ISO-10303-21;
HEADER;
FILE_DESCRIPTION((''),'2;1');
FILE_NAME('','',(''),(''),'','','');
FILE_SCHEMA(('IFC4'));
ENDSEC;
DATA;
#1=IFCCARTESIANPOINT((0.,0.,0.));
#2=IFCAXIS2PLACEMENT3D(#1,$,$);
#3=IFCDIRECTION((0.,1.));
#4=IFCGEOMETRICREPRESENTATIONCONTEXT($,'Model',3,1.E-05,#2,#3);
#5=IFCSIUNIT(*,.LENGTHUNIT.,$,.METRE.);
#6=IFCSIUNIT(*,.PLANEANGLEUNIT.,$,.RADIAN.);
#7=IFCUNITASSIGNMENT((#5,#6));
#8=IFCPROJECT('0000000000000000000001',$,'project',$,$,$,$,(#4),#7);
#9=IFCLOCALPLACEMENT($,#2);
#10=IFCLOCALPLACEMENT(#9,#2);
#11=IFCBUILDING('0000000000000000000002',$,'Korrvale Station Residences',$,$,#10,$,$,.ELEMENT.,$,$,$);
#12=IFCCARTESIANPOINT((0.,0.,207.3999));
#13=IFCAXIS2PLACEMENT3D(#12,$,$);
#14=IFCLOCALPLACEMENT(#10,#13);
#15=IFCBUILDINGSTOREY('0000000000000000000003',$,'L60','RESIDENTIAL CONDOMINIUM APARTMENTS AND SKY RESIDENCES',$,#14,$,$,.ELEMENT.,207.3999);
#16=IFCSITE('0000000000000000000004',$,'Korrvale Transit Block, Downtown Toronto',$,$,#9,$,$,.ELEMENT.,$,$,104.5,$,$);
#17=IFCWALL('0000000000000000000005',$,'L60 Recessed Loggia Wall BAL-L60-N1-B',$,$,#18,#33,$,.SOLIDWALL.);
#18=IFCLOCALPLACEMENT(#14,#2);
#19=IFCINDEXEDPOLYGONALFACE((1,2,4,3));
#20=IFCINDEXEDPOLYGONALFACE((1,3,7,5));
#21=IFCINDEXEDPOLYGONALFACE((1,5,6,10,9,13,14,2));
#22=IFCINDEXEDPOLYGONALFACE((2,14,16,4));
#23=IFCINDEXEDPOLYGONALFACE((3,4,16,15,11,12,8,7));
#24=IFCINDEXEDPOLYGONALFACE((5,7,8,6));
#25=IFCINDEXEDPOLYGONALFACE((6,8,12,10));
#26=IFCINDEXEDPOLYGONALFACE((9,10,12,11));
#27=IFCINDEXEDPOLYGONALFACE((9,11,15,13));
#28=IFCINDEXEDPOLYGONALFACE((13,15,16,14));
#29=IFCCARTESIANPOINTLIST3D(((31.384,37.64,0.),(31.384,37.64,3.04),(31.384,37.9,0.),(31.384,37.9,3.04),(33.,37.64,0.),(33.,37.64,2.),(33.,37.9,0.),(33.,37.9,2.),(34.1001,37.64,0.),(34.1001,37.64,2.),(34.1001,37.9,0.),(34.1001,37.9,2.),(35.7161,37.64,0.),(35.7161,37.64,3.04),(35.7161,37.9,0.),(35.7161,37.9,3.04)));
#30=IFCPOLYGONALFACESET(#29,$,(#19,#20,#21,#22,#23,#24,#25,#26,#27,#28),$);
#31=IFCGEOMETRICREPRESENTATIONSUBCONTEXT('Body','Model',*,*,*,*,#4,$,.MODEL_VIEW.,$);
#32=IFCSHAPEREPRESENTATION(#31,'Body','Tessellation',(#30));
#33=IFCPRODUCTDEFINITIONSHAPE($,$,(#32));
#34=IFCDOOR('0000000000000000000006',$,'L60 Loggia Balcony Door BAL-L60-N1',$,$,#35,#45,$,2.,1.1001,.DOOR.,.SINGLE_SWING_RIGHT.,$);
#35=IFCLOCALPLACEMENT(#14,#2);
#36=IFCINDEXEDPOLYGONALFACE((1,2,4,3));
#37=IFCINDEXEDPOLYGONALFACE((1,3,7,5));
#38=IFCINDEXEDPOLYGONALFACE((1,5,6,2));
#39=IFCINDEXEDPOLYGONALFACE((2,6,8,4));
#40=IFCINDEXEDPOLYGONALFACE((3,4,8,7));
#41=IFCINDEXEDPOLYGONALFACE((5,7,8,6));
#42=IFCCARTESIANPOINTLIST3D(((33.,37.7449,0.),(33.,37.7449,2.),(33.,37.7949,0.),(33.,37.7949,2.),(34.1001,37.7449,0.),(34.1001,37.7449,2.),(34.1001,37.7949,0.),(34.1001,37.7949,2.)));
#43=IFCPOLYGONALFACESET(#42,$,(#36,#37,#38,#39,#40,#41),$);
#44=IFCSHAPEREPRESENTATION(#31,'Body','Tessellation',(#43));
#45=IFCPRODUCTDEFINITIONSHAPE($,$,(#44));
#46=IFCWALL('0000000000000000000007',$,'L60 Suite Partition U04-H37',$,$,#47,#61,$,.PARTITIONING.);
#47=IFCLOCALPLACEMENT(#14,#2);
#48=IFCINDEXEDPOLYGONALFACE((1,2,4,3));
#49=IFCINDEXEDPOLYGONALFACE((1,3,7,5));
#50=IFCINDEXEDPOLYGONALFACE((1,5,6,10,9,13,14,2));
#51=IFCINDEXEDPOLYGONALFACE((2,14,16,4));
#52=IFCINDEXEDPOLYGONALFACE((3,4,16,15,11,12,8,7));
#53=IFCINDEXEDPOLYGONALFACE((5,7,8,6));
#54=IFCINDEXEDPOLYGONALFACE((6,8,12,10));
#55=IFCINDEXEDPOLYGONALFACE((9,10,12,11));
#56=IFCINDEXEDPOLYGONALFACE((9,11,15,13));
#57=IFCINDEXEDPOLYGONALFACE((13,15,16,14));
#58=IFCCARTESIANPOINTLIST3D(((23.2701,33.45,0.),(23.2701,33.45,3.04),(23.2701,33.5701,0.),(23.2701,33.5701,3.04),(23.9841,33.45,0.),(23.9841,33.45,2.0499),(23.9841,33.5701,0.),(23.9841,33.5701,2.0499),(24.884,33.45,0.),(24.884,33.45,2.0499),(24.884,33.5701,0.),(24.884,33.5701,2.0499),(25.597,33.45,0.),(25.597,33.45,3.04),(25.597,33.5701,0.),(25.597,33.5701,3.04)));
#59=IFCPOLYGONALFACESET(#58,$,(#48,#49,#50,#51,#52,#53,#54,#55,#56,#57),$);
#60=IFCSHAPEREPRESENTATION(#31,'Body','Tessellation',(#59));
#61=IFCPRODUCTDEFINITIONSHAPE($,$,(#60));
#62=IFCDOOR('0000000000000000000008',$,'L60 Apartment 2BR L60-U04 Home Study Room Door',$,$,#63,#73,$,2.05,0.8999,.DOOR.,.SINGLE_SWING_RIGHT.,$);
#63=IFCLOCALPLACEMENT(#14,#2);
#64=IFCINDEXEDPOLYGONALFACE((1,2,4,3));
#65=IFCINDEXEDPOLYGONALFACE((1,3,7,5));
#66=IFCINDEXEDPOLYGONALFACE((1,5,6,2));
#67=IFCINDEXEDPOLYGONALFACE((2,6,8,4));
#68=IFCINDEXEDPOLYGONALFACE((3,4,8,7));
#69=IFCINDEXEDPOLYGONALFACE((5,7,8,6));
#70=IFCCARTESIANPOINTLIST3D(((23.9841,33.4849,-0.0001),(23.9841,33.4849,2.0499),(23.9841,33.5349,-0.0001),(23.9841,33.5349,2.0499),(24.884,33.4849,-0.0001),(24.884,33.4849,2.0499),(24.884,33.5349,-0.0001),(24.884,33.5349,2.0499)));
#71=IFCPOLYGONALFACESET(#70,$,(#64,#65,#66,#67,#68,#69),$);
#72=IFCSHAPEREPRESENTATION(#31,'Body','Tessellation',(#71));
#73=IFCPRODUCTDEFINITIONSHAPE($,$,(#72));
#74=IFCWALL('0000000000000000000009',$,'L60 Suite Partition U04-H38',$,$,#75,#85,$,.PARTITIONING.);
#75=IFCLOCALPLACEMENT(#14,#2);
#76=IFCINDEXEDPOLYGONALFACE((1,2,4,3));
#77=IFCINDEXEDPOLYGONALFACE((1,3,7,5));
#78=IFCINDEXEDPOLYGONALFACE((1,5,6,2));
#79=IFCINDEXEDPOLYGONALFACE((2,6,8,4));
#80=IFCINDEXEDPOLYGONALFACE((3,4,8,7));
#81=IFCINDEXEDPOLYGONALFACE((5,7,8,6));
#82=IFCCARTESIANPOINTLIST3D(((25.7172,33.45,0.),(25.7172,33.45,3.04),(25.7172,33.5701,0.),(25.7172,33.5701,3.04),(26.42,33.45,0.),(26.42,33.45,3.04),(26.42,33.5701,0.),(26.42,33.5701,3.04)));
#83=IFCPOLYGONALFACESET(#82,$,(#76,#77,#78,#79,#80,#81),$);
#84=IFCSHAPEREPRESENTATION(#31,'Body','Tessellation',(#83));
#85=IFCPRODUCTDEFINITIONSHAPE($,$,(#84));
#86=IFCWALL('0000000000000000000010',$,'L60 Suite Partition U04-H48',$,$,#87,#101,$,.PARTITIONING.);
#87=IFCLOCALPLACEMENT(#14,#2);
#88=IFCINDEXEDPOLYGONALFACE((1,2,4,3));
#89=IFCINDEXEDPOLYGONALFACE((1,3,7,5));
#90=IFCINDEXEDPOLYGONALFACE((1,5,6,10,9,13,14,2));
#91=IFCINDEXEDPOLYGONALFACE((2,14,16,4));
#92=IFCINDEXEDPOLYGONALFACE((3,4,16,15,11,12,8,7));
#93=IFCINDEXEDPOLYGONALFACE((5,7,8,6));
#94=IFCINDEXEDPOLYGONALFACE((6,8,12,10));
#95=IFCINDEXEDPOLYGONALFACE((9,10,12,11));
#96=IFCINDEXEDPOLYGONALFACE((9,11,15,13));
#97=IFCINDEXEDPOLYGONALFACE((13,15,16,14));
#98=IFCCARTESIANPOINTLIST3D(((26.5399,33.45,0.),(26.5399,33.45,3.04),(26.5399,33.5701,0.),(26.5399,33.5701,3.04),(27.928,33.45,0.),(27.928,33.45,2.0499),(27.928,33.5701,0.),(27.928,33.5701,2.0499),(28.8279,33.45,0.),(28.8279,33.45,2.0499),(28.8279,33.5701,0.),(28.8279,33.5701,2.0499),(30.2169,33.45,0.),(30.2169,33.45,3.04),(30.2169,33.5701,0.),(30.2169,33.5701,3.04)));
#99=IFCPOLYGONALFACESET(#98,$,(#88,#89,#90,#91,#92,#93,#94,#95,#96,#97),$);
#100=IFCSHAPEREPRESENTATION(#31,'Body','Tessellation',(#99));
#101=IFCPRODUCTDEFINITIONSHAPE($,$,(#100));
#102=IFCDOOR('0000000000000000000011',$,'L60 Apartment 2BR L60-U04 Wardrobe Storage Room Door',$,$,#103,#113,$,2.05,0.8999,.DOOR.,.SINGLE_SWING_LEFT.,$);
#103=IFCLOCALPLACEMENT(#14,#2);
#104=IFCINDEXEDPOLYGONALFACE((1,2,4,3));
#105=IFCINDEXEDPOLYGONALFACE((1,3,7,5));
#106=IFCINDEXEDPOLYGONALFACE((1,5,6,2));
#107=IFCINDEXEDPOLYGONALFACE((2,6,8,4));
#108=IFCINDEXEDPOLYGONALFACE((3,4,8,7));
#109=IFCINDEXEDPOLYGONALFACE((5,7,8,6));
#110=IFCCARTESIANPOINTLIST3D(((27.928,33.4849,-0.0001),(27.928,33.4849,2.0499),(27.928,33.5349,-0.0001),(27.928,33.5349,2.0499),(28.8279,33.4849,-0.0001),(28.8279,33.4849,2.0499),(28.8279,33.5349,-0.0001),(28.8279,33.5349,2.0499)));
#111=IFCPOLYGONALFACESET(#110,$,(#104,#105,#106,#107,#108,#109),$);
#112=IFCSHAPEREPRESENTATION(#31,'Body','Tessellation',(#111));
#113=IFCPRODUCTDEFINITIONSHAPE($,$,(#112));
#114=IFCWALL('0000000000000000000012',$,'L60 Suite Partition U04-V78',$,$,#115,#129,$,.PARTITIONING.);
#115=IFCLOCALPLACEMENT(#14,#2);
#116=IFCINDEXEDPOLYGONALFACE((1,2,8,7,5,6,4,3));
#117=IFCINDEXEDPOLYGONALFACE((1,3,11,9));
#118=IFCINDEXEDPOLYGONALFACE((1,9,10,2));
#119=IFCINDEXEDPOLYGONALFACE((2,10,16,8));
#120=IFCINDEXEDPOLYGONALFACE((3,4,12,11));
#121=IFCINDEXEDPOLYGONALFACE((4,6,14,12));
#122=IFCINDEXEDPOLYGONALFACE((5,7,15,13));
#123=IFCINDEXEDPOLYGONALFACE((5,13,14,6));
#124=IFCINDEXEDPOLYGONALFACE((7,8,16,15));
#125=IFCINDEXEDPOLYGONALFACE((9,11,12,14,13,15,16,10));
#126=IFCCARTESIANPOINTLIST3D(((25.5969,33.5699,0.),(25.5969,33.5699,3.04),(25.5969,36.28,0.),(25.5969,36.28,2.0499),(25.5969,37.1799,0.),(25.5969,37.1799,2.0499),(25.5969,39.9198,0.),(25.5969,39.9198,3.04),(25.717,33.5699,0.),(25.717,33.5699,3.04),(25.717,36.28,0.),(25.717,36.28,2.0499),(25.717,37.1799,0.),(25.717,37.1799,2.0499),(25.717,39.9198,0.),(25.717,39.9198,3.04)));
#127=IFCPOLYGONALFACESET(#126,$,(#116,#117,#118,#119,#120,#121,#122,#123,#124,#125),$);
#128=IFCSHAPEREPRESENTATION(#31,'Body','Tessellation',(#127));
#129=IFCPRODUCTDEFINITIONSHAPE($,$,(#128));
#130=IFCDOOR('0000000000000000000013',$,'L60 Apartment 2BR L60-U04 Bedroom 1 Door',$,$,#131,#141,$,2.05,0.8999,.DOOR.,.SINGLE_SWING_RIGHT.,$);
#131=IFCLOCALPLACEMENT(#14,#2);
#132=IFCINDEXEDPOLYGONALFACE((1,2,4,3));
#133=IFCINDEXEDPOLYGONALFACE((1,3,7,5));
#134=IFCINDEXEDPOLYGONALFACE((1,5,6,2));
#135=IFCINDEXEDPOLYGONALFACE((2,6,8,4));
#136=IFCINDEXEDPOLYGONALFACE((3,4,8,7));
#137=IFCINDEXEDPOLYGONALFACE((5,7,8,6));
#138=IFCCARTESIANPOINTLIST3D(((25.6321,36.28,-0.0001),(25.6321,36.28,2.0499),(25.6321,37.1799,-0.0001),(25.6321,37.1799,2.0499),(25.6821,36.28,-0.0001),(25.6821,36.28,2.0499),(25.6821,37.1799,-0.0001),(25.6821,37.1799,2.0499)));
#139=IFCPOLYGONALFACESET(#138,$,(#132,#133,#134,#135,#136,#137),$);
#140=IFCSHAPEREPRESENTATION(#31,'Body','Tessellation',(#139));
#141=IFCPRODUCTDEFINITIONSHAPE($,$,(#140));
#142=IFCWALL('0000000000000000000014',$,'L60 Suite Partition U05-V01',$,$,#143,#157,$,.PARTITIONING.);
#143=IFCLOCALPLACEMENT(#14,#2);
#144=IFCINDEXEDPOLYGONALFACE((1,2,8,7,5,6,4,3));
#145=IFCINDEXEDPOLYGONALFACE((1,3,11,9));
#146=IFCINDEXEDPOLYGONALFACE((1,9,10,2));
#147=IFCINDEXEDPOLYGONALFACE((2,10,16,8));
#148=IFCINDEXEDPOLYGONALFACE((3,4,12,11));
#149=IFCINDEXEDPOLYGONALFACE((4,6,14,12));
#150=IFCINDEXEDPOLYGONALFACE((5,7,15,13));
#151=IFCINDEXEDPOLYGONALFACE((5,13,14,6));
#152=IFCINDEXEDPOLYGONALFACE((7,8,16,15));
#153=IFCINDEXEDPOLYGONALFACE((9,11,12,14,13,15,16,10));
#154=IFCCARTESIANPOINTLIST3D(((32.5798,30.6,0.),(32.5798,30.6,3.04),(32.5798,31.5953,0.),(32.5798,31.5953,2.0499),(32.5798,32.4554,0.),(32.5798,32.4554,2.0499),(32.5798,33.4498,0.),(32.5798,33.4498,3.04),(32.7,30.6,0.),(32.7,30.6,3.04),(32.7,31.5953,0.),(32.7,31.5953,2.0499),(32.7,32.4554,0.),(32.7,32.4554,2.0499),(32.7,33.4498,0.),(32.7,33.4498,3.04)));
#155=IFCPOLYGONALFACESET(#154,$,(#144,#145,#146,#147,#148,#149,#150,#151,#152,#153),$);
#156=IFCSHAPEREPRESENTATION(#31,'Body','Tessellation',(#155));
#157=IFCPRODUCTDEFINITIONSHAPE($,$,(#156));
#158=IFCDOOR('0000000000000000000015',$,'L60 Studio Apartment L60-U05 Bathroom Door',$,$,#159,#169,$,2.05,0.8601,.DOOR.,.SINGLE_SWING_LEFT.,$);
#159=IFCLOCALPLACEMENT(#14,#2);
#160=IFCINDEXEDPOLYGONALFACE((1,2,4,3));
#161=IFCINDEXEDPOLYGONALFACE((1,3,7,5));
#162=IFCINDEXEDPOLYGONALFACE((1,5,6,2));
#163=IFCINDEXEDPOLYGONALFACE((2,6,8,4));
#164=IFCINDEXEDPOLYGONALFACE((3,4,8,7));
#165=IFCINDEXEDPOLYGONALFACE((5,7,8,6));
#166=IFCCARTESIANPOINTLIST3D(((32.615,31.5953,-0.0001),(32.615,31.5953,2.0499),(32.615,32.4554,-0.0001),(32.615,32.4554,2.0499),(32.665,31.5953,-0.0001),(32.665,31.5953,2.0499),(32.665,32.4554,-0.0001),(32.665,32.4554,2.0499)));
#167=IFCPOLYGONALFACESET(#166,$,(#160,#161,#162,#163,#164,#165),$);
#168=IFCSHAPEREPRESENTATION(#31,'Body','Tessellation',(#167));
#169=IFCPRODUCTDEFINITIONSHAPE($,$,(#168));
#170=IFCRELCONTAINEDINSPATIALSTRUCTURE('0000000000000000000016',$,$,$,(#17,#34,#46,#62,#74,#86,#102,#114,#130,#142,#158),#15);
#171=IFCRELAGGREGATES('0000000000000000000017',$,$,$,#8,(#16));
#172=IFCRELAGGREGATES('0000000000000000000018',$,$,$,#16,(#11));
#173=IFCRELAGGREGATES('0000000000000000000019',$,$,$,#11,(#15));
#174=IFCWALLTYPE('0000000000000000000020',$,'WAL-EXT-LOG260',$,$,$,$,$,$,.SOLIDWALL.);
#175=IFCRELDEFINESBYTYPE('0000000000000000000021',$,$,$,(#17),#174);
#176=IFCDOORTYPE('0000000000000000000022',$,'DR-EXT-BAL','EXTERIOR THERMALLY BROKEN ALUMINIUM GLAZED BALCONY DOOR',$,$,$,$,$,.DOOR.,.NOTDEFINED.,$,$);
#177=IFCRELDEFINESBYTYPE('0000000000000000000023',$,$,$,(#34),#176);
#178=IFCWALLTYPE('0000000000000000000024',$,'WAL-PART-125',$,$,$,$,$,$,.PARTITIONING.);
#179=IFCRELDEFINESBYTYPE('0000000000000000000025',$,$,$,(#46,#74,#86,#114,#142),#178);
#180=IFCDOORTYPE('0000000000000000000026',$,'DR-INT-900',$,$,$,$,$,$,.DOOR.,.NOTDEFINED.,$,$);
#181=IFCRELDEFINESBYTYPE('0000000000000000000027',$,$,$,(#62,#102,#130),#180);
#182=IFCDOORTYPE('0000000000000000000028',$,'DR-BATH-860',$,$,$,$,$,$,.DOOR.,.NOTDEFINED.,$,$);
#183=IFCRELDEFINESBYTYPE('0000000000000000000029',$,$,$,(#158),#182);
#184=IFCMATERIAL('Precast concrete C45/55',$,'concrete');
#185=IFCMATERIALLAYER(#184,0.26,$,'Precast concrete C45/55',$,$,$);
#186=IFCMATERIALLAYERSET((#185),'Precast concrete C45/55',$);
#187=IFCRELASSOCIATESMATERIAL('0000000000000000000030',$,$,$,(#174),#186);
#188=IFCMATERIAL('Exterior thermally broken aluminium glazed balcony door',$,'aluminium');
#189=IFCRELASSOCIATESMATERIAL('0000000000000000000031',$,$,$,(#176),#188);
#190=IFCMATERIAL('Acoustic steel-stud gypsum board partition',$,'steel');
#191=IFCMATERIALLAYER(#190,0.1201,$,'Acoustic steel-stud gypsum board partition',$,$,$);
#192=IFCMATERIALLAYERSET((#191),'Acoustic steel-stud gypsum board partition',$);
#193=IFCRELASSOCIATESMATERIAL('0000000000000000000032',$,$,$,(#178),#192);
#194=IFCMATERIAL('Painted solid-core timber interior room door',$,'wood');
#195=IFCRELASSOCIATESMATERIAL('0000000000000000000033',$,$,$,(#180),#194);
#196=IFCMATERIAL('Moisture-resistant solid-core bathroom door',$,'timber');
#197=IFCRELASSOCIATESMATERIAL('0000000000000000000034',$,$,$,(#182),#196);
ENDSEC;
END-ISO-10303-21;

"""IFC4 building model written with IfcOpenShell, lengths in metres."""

from ifc_helpers import new_model, si_unit, direction, frame, frame_2d, origin, place, context, subcontext, project, spatial, rectangle, extrude, material, layer, layer_set, type_object, element, fill, save


model = new_model("IFC4")

# Units and contexts
model_context = context("Model", 3, precision=1e-05, world=origin(), true_north=direction((0.0, 1.0)))
body_context = subcontext(model_context, "Body", "Model", "MODEL_VIEW")
ifc_project = project(units=[si_unit("LENGTHUNIT", "METRE"), si_unit("PLANEANGLEUNIT", "RADIAN")], contexts=[model_context])

# Site, building, storey
site_placement = place(None, origin())
site = spatial("IfcSite", under=ifc_project, at=site_placement, Name="Korrvale Transit Block, Downtown Toronto", CompositionType="ELEMENT", RefElevation=104.5)
building_placement = place(site_placement, origin())
building = spatial("IfcBuilding", under=site, at=building_placement, Name="Korrvale Station Residences", CompositionType="ELEMENT")
storey_placement = place(building_placement, frame((0.0, 0.0, 207.3999)))
storey = spatial("IfcBuildingStorey", under=building, at=storey_placement, Name="L60", Description="RESIDENTIAL CONDOMINIUM APARTMENTS AND SKY RESIDENCES", CompositionType="ELEMENT", Elevation=207.3999)

# Shared definitions
ifc_material_1 = material(Name="Precast concrete C45/55", Category="concrete")
ifc_layer_1 = layer(ifc_material_1, 0.26, Name="Precast concrete C45/55")
ifc_layer_set_1 = layer_set([ifc_layer_1], Name="Precast concrete C45/55")
wall_type_1 = type_object("IfcWallType", Name="WAL-EXT-LOG260", PredefinedType="SOLIDWALL", material=ifc_layer_set_1)

# Walls, openings, doors
wall_1_placement = place(storey_placement, frame((31.384, 37.77, 0.0), z_axis=(0.0, 0.0, 1.0), x_axis=(1.0, 0.0, 0.0)))
wall_1 = element("IfcWall", 1, at=wall_1_placement, inside=storey, type_object=wall_type_1, Name="L60 Recessed Loggia Wall BAL-L60-N1-B", PredefinedType="SOLIDWALL", context=body_context, shape_type="SweptSolid", body=[
    extrude(rectangle(XDim=4.332, YDim=0.26, at=frame_2d((2.166, 0.0))), origin(), (0.0, 0.0, 1.0), 3.04),
])
opening_1_placement = place(wall_1_placement, frame((1.616, 0.0, 0.0)))
opening_1 = element("IfcOpeningElement", 2, at=opening_1_placement, cuts=wall_1, PredefinedType="OPENING", context=body_context, shape_type="SweptSolid", body=[
    extrude(rectangle(XDim=1.1001, YDim=2.0, at=frame_2d((0.55, 1.0))), frame((0.0, 0.1401, 0.0), z_axis=(0.0, -1.0, 0.0), x_axis=(1.0, 0.0, 0.0)), (0.0, 0.0, 1.0), 0.28),
])
ifc_material_2 = material(Name="Exterior thermally broken aluminium glazed balcony door", Category="aluminium")
door_type_1 = type_object("IfcDoorType", Name="DR-EXT-BAL", Description="EXTERIOR THERMALLY BROKEN ALUMINIUM GLAZED BALCONY DOOR", OperationType="NOTDEFINED", PredefinedType="DOOR", material=ifc_material_2)
door_1_placement = place(opening_1_placement, origin())
door_1 = element("IfcDoor", 3, at=door_1_placement, inside=storey, type_object=door_type_1, Name="L60 Loggia Balcony Door BAL-L60-N1", OperationType="SINGLE_SWING_RIGHT", OverallHeight=2.0, OverallWidth=1.1001, PredefinedType="DOOR", context=body_context, shape_type="SweptSolid", body=[
    extrude(rectangle(XDim=1.1001, YDim=2.0, at=frame_2d((0.55, 1.0))), frame((0.0, 0.0249, 0.0), z_axis=(0.0, -1.0, 0.0), x_axis=(1.0, 0.0, 0.0)), (0.0, 0.0, 1.0), 0.05),
])
fill(opening_1, door_1)
ifc_material_3 = material(Name="Acoustic steel-stud gypsum board partition", Category="steel")
ifc_layer_2 = layer(ifc_material_3, 0.1201, Name="Acoustic steel-stud gypsum board partition")
ifc_layer_set_2 = layer_set([ifc_layer_2], Name="Acoustic steel-stud gypsum board partition")
wall_type_2 = type_object("IfcWallType", Name="WAL-PART-125", PredefinedType="PARTITIONING", material=ifc_layer_set_2)
wall_2_placement = place(storey_placement, frame((23.27, 33.51, 0.0), z_axis=(0.0, 0.0, 1.0), x_axis=(1.0, 0.0, 0.0)))
wall_2 = element("IfcWall", 4, at=wall_2_placement, inside=storey, type_object=wall_type_2, Name="L60 Suite Partition U04-H37", PredefinedType="PARTITIONING", context=body_context, shape_type="SweptSolid", body=[
    extrude(rectangle(XDim=2.3269, YDim=0.1201, at=frame_2d((1.1636, 0.0))), origin(), (0.0, 0.0, 1.0), 3.04),
])
opening_2_placement = place(wall_2_placement, frame((0.7141, 0.0, 0.0)))
opening_2 = element("IfcOpeningElement", 5, at=opening_2_placement, cuts=wall_2, PredefinedType="OPENING", context=body_context, shape_type="SweptSolid", body=[
    extrude(rectangle(XDim=0.8999, YDim=2.05, at=frame_2d((0.45, 1.0249))), frame((0.0, 0.0701, 0.0), z_axis=(0.0, -1.0, 0.0), x_axis=(1.0, 0.0, 0.0)), (0.0, 0.0, 1.0), 0.1401),
])
ifc_material_4 = material(Name="Painted solid-core timber interior room door", Category="wood")
door_type_2 = type_object("IfcDoorType", Name="DR-INT-900", OperationType="NOTDEFINED", PredefinedType="DOOR", material=ifc_material_4)
door_2_placement = place(opening_2_placement, origin())
door_2 = element("IfcDoor", 6, at=door_2_placement, inside=storey, type_object=door_type_2, Name="L60 Apartment 2BR L60-U04 Home Study Room Door", OperationType="SINGLE_SWING_RIGHT", OverallHeight=2.05, OverallWidth=0.8999, PredefinedType="DOOR", context=body_context, shape_type="SweptSolid", body=[
    extrude(rectangle(XDim=0.8999, YDim=2.05, at=frame_2d((0.45, 1.0249))), frame((0.0, 0.0249, 0.0), z_axis=(0.0, -1.0, 0.0), x_axis=(1.0, 0.0, 0.0)), (0.0, 0.0, 1.0), 0.05),
])
fill(opening_2, door_2)

# Wall
wall_3_placement = place(storey_placement, frame((25.717, 33.51, 0.0), z_axis=(0.0, 0.0, 1.0), x_axis=(1.0, 0.0, 0.0)))
element("IfcWall", 7, at=wall_3_placement, inside=storey, type_object=wall_type_2, Name="L60 Suite Partition U04-H38", PredefinedType="PARTITIONING", context=body_context, shape_type="SweptSolid", body=[
    extrude(rectangle(XDim=0.7029, YDim=0.1201, at=frame_2d((0.3516, 0.0))), origin(), (0.0, 0.0, 1.0), 3.04),
])

# Walls, openings, doors
wall_4_placement = place(storey_placement, frame((26.54, 33.51, 0.0), z_axis=(0.0, 0.0, 1.0), x_axis=(1.0, 0.0, 0.0)))
wall_4 = element("IfcWall", 8, at=wall_4_placement, inside=storey, type_object=wall_type_2, Name="L60 Suite Partition U04-H48", PredefinedType="PARTITIONING", context=body_context, shape_type="SweptSolid", body=[
    extrude(rectangle(XDim=3.677, YDim=0.1201, at=frame_2d((1.8384, 0.0))), origin(), (0.0, 0.0, 1.0), 3.04),
])
opening_3_placement = place(wall_4_placement, frame((1.3879, 0.0, 0.0)))
opening_3 = element("IfcOpeningElement", 9, at=opening_3_placement, cuts=wall_4, PredefinedType="OPENING", context=body_context, shape_type="SweptSolid", body=[
    extrude(rectangle(XDim=0.8999, YDim=2.05, at=frame_2d((0.45, 1.0249))), frame((0.0, 0.0701, 0.0), z_axis=(0.0, -1.0, 0.0), x_axis=(1.0, 0.0, 0.0)), (0.0, 0.0, 1.0), 0.1401),
])
door_3_placement = place(opening_3_placement, origin())
door_3 = element("IfcDoor", 10, at=door_3_placement, inside=storey, type_object=door_type_2, Name="L60 Apartment 2BR L60-U04 Wardrobe Storage Room Door", OperationType="SINGLE_SWING_LEFT", OverallHeight=2.05, OverallWidth=0.8999, PredefinedType="DOOR", context=body_context, shape_type="SweptSolid", body=[
    extrude(rectangle(XDim=0.8999, YDim=2.05, at=frame_2d((0.45, 1.0249))), frame((0.0, 0.0249, 0.0), z_axis=(0.0, -1.0, 0.0), x_axis=(1.0, 0.0, 0.0)), (0.0, 0.0, 1.0), 0.05),
])
fill(opening_3, door_3)
wall_5_placement = place(storey_placement, frame((25.657, 33.5701, 0.0), z_axis=(0.0, 0.0, 1.0), x_axis=(0.0, 1.0, 0.0)))
wall_5 = element("IfcWall", 11, at=wall_5_placement, inside=storey, type_object=wall_type_2, Name="L60 Suite Partition U04-V78", PredefinedType="PARTITIONING", context=body_context, shape_type="SweptSolid", body=[
    extrude(rectangle(XDim=6.3499, YDim=0.1201, at=frame_2d((3.1748, 0.0))), origin(), (0.0, 0.0, 1.0), 3.04),
])
opening_4_placement = place(wall_5_placement, frame((2.71, 0.0, 0.0)))
opening_4 = element("IfcOpeningElement", 12, at=opening_4_placement, cuts=wall_5, PredefinedType="OPENING", context=body_context, shape_type="SweptSolid", body=[
    extrude(rectangle(XDim=0.8999, YDim=2.05, at=frame_2d((0.45, 1.0249))), frame((0.0, 0.0701, 0.0), z_axis=(0.0, -1.0, 0.0), x_axis=(1.0, 0.0, 0.0)), (0.0, 0.0, 1.0), 0.1401),
])
door_4_placement = place(opening_4_placement, origin())
door_4 = element("IfcDoor", 13, at=door_4_placement, inside=storey, type_object=door_type_2, Name="L60 Apartment 2BR L60-U04 Bedroom 1 Door", OperationType="SINGLE_SWING_RIGHT", OverallHeight=2.05, OverallWidth=0.8999, PredefinedType="DOOR", context=body_context, shape_type="SweptSolid", body=[
    extrude(rectangle(XDim=0.8999, YDim=2.05, at=frame_2d((0.45, 1.0249))), frame((0.0, 0.0249, 0.0), z_axis=(0.0, -1.0, 0.0), x_axis=(1.0, 0.0, 0.0)), (0.0, 0.0, 1.0), 0.05),
])
fill(opening_4, door_4)
wall_6_placement = place(storey_placement, frame((32.6399, 30.6001, 0.0), z_axis=(0.0, 0.0, 1.0), x_axis=(0.0, 1.0, 0.0)))
wall_6 = element("IfcWall", 14, at=wall_6_placement, inside=storey, type_object=wall_type_2, Name="L60 Suite Partition U05-V01", PredefinedType="PARTITIONING", context=body_context, shape_type="SweptSolid", body=[
    extrude(rectangle(XDim=2.8499, YDim=0.1201, at=frame_2d((1.4248, 0.0))), origin(), (0.0, 0.0, 1.0), 3.04),
])
opening_5_placement = place(wall_6_placement, frame((0.9951, 0.0, 0.0)))
opening_5 = element("IfcOpeningElement", 15, at=opening_5_placement, cuts=wall_6, PredefinedType="OPENING", context=body_context, shape_type="SweptSolid", body=[
    extrude(rectangle(XDim=0.8601, YDim=2.05, at=frame_2d((0.4302, 1.0249))), frame((0.0, 0.0701, 0.0), z_axis=(0.0, -1.0, 0.0), x_axis=(1.0, 0.0, 0.0)), (0.0, 0.0, 1.0), 0.1401),
])
ifc_material_5 = material(Name="Moisture-resistant solid-core bathroom door", Category="timber")
door_type_3 = type_object("IfcDoorType", Name="DR-BATH-860", OperationType="NOTDEFINED", PredefinedType="DOOR", material=ifc_material_5)
door_5_placement = place(opening_5_placement, origin())
door_5 = element("IfcDoor", 16, at=door_5_placement, inside=storey, type_object=door_type_3, Name="L60 Studio Apartment L60-U05 Bathroom Door", OperationType="SINGLE_SWING_LEFT", OverallHeight=2.05, OverallWidth=0.8601, PredefinedType="DOOR", context=body_context, shape_type="SweptSolid", body=[
    extrude(rectangle(XDim=0.8601, YDim=2.05, at=frame_2d((0.4302, 1.0249))), frame((0.0, 0.0249, 0.0), z_axis=(0.0, -1.0, 0.0), x_axis=(1.0, 0.0, 0.0)), (0.0, 0.0, 1.0), 0.05),
])
fill(opening_5, door_5)

save(model, "model.ifc")
